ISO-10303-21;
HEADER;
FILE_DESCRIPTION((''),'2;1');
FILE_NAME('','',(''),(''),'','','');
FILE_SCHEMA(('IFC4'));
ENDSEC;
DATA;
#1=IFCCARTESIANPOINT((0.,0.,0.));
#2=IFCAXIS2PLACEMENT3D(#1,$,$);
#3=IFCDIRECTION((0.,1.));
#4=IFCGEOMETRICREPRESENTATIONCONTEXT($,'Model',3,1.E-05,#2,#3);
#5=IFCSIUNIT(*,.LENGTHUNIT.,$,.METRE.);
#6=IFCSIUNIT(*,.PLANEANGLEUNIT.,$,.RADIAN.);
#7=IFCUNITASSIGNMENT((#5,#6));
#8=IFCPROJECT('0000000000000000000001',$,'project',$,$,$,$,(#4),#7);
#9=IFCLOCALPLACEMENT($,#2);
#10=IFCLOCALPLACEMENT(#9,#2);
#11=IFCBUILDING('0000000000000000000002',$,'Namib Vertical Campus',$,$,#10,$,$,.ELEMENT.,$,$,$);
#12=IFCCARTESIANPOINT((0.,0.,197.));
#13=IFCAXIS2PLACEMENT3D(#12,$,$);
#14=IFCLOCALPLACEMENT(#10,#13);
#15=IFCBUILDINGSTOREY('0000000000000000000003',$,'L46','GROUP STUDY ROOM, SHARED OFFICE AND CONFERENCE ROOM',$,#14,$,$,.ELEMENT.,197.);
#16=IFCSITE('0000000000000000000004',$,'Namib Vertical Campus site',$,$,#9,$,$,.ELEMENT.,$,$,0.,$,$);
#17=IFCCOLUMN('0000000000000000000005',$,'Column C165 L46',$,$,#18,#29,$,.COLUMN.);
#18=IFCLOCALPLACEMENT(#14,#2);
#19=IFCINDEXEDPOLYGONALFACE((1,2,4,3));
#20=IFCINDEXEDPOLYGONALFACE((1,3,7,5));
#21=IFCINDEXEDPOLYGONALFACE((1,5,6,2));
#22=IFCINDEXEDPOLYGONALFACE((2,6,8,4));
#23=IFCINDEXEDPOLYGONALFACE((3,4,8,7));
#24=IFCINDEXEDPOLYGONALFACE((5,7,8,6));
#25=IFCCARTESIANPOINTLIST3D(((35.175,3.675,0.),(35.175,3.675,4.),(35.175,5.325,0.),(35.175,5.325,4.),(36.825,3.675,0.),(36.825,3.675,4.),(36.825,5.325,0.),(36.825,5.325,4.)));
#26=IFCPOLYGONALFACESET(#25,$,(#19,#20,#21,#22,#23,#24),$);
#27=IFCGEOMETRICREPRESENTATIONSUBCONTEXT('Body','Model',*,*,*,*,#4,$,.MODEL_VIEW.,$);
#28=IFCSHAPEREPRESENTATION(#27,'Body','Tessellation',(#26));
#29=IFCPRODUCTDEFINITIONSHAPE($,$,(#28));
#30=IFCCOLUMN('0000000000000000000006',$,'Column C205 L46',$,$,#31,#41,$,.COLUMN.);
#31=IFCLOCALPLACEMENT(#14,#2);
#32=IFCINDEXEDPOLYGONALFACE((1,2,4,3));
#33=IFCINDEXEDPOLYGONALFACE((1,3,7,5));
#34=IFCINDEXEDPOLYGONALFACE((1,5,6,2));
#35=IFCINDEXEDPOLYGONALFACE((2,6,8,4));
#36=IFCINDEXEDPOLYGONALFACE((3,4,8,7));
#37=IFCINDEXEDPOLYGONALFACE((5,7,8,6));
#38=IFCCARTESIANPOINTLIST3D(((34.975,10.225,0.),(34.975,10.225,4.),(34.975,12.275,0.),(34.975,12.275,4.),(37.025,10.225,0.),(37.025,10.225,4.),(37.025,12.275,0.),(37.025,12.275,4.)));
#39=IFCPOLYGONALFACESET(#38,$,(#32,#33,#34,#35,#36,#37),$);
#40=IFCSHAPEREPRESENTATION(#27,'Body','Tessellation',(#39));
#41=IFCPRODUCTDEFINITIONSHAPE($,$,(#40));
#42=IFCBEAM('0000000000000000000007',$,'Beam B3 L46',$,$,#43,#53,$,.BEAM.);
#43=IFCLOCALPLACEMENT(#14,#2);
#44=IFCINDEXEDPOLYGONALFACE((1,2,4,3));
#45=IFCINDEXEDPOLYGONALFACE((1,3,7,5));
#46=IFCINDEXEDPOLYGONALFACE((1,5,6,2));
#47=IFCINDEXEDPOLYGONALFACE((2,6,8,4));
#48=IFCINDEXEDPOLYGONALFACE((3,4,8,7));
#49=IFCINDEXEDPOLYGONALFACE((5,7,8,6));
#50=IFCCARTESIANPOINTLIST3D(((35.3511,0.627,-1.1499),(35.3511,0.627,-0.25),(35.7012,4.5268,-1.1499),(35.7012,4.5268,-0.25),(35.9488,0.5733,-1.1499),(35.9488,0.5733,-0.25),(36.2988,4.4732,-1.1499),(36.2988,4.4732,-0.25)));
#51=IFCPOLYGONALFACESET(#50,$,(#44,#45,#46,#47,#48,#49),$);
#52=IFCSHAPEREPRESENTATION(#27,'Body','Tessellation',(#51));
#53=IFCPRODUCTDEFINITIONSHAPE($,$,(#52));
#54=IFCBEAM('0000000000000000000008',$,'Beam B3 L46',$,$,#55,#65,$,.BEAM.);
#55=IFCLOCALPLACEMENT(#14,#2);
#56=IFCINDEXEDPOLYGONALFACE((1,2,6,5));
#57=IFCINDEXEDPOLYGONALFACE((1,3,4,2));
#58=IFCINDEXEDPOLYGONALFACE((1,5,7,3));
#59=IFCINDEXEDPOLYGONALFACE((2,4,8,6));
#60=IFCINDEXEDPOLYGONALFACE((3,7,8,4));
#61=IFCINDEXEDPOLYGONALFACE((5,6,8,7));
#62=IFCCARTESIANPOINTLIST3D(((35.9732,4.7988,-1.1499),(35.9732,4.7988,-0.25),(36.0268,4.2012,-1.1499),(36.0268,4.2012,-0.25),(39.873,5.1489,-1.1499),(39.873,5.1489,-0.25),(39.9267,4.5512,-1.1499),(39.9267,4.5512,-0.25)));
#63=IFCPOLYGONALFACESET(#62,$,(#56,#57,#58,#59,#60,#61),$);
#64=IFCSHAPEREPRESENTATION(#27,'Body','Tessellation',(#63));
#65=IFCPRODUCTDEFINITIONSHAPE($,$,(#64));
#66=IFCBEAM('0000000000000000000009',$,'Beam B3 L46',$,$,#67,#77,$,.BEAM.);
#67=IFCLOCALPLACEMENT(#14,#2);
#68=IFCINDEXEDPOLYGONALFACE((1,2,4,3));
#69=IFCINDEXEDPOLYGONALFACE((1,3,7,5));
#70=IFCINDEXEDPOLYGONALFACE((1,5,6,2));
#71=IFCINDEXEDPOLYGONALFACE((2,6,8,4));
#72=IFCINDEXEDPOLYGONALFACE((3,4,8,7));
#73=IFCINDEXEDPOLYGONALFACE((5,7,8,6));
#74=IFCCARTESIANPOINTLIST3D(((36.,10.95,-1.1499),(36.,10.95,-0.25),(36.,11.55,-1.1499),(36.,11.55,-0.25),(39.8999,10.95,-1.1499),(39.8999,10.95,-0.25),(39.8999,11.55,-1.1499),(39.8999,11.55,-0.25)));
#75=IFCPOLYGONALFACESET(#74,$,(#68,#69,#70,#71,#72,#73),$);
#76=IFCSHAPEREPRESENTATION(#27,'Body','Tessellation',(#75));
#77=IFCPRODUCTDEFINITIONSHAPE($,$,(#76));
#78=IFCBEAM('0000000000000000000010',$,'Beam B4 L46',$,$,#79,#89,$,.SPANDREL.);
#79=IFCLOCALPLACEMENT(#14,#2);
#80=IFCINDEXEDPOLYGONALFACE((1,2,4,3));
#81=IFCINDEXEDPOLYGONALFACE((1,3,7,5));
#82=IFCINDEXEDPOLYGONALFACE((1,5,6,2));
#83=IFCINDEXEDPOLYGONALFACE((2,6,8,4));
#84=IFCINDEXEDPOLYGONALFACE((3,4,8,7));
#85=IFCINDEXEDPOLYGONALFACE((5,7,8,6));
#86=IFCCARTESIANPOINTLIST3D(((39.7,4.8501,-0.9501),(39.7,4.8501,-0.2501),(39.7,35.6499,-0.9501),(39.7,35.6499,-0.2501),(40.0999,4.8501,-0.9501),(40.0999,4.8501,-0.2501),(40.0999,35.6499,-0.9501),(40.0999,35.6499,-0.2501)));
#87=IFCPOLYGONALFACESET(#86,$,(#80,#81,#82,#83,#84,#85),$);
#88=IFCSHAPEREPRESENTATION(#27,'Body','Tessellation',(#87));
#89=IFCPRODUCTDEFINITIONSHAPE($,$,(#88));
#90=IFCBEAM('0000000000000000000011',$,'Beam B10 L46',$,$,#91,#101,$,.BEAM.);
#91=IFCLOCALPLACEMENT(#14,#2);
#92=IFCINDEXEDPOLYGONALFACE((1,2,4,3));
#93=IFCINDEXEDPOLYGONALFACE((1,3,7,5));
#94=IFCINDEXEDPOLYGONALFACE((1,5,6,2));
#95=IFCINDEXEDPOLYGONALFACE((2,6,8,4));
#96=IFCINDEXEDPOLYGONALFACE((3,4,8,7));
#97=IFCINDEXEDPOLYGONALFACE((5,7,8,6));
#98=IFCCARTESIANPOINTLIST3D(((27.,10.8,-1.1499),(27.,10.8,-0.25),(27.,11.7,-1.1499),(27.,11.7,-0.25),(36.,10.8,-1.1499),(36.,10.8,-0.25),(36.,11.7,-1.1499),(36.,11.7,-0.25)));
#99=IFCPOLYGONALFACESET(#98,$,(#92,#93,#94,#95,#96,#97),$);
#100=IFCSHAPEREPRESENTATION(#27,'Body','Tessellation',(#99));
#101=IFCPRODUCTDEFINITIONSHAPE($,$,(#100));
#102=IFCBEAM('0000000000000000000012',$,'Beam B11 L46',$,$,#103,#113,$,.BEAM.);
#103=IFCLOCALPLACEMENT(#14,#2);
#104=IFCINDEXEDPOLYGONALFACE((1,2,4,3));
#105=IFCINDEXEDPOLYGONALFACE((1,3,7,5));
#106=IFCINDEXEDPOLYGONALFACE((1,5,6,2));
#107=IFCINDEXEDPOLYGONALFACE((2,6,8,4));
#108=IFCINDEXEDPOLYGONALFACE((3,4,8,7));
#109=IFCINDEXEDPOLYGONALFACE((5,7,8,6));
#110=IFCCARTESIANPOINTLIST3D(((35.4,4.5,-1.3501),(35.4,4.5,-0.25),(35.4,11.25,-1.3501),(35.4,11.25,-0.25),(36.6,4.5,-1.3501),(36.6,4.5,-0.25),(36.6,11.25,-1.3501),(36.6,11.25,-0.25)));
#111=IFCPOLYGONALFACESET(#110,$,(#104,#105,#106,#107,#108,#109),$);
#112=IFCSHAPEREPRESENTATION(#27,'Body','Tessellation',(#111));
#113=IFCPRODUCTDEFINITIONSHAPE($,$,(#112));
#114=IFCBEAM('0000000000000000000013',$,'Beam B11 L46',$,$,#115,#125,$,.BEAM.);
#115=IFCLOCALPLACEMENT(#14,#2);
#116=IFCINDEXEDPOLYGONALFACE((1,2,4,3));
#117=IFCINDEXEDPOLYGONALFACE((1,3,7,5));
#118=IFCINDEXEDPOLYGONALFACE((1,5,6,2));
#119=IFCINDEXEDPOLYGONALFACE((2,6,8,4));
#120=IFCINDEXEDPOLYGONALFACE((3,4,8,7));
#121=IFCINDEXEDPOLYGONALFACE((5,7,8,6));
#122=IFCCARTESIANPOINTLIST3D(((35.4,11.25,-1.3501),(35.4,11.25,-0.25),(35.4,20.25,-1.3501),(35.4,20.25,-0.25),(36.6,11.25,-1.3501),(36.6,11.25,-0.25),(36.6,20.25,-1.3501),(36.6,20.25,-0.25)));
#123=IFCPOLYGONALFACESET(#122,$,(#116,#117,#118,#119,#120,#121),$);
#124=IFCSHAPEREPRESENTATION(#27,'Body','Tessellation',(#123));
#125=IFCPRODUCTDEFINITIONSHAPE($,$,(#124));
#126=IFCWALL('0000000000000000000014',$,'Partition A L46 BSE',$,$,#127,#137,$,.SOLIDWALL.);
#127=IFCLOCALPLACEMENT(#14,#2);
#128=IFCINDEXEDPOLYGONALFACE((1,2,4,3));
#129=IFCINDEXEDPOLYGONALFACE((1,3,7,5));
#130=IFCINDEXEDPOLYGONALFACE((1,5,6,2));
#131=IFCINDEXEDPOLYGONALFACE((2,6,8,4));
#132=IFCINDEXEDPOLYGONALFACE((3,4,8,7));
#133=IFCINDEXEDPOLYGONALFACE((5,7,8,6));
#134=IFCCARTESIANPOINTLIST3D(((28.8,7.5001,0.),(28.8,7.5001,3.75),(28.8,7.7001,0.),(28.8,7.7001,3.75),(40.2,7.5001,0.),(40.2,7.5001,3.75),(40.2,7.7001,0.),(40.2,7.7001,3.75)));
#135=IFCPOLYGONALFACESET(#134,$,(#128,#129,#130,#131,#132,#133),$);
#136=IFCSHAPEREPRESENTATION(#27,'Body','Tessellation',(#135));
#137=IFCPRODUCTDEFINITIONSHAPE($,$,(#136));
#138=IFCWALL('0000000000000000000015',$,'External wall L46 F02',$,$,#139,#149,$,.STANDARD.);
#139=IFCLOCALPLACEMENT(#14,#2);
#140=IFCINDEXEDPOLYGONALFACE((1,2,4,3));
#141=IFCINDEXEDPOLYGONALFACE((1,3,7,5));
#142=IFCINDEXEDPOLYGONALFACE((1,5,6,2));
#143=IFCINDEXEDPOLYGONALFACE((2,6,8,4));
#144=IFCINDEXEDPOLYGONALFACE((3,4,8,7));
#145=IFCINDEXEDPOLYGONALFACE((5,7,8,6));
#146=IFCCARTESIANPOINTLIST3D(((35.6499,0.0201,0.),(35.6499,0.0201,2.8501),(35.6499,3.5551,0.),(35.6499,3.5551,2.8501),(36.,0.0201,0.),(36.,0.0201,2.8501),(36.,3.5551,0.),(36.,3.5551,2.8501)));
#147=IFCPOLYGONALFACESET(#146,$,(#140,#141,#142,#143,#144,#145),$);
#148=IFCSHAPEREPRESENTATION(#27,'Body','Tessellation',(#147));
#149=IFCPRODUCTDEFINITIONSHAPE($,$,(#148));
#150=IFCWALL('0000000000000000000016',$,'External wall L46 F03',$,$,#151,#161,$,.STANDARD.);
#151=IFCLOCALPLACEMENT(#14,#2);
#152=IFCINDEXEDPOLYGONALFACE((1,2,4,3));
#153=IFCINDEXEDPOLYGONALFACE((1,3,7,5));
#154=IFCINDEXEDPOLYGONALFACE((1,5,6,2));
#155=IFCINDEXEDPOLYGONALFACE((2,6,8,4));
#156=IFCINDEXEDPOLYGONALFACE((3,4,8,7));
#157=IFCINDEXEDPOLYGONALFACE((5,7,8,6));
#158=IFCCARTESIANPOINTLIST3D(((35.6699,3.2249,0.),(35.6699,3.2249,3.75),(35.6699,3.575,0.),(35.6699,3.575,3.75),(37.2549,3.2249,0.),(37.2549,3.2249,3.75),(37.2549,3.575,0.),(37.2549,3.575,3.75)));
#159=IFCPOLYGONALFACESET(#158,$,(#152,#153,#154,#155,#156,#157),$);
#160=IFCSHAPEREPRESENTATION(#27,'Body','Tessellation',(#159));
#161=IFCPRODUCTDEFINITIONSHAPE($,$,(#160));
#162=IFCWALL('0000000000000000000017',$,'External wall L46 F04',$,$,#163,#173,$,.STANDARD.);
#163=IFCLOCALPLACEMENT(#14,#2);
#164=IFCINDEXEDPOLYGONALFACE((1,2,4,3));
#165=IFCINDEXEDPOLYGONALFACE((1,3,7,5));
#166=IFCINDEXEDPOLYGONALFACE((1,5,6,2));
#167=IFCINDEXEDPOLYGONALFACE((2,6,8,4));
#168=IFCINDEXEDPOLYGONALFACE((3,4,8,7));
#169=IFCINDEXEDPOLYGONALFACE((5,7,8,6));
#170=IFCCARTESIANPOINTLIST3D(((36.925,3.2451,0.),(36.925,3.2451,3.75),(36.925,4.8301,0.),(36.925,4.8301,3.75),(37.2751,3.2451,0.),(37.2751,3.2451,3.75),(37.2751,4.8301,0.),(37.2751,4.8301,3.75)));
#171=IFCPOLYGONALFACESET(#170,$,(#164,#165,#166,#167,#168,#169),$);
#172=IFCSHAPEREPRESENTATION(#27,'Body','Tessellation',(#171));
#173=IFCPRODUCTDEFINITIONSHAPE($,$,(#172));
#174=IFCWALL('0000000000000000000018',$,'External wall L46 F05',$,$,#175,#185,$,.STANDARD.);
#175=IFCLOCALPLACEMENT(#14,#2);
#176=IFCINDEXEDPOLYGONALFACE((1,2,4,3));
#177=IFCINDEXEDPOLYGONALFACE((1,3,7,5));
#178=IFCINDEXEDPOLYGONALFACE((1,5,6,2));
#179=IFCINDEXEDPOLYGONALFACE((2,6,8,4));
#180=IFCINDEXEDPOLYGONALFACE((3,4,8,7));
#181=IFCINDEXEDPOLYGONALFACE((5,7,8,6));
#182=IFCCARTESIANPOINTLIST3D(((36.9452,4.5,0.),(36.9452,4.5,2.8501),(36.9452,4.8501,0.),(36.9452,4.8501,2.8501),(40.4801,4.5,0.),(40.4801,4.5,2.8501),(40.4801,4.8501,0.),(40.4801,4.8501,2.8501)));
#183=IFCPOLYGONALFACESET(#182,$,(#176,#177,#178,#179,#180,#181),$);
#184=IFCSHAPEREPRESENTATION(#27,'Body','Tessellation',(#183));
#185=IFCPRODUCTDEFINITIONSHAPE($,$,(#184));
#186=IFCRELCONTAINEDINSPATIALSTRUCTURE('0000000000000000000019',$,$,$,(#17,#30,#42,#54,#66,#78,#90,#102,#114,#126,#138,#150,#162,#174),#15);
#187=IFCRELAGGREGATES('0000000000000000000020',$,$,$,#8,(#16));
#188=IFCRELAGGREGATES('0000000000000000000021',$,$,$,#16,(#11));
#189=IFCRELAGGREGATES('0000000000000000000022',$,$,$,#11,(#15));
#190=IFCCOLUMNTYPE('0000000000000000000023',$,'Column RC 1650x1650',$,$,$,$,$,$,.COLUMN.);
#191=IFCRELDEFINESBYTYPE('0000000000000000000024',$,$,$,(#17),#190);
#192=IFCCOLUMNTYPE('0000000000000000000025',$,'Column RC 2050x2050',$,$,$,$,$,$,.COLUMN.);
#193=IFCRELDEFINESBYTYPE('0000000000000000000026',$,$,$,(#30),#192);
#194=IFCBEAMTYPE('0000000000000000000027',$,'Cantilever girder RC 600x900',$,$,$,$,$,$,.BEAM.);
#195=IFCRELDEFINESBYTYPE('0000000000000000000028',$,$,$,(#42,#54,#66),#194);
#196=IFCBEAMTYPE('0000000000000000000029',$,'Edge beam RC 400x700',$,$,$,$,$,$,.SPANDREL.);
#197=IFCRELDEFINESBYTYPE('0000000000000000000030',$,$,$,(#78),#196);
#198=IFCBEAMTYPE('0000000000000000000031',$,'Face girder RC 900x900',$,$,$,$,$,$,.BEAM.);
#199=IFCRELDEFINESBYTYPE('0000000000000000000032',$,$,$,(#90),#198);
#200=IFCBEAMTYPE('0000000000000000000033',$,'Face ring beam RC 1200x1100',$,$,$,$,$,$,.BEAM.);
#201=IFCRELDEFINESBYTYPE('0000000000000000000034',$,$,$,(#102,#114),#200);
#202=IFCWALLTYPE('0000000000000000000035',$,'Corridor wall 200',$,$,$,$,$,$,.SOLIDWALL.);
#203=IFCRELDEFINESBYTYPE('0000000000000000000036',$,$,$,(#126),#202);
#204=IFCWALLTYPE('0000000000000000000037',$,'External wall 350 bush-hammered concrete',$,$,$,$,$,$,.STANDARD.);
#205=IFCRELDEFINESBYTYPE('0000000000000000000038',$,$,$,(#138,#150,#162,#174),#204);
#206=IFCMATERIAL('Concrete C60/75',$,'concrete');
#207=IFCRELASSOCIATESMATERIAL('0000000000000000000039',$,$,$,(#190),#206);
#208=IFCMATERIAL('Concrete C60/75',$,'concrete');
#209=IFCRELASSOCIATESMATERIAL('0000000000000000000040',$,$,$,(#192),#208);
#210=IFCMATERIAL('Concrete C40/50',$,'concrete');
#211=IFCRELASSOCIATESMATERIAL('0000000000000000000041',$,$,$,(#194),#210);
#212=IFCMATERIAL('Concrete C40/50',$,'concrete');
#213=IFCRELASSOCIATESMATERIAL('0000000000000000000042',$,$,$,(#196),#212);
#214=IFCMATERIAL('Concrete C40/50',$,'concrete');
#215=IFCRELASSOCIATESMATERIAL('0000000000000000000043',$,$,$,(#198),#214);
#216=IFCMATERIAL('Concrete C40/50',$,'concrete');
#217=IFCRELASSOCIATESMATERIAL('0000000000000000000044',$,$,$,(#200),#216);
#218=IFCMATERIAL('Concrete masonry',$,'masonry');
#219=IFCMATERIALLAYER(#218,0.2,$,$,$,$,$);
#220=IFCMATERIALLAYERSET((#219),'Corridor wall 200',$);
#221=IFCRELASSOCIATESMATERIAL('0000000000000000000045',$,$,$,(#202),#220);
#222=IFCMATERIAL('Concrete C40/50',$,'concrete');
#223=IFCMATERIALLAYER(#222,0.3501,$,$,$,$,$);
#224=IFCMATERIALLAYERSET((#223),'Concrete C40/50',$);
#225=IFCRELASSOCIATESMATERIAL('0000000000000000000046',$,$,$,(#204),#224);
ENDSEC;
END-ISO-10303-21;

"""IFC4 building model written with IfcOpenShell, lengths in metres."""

from ifc_helpers import new_model, si_unit, direction, frame, frame_2d, origin, origin_2d, place, context, subcontext, project, spatial, rectangle, extrude, material, layer, layer_set, material_profile, profile_set, type_object, element, save


model = new_model("IFC4")

# Units and contexts
model_context = context("Model", 3, precision=1e-05, world=origin(), true_north=direction((0.0, 1.0)))
body_context = subcontext(model_context, "Body", "Model", "MODEL_VIEW")
ifc_project = project(units=[si_unit("LENGTHUNIT", "METRE"), si_unit("PLANEANGLEUNIT", "RADIAN")], contexts=[model_context])

# Site, building, storey
site_placement = place(None, origin())
site = spatial("IfcSite", under=ifc_project, at=site_placement, Name="Namib Vertical Campus site", CompositionType="ELEMENT", RefElevation=0.0)
building_placement = place(site_placement, origin())
building = spatial("IfcBuilding", under=site, at=building_placement, Name="Namib Vertical Campus", CompositionType="ELEMENT")
storey_placement = place(building_placement, frame((0.0, 0.0, 197.0)))
storey = spatial("IfcBuildingStorey", under=building, at=storey_placement, Name="L46", Description="GROUP STUDY ROOM, SHARED OFFICE AND CONFERENCE ROOM", CompositionType="ELEMENT", Elevation=197.0)

# Columns
ifc_material_1 = material(Name="Concrete C60/75", Category="concrete")
ifc_material_profile_1 = material_profile(ifc_material_1, rectangle(XDim=1.6499, YDim=1.6499, at=origin_2d()))
ifc_profile_set_1 = profile_set([ifc_material_profile_1], Name="Concrete C60/75")
column_type_1 = type_object("IfcColumnType", Name="Column RC 1650x1650", PredefinedType="COLUMN", material=ifc_profile_set_1)
column_1_placement = place(storey_placement, frame((36.0, 4.5, 0.0), z_axis=(0.0, 0.0, 1.0), x_axis=(1.0, 0.0, 0.0)))
element("IfcColumn", 1, at=column_1_placement, inside=storey, type_object=column_type_1, Name="Column C165 L46", PredefinedType="COLUMN", context=body_context, shape_type="SweptSolid", body=[
    extrude(rectangle(XDim=1.6499, YDim=1.6499, at=origin_2d()), origin(), (0.0, 0.0, 1.0), 4.0),
])
ifc_material_2 = material(Name="Concrete C60/75", Category="concrete")
ifc_material_profile_2 = material_profile(ifc_material_2, rectangle(XDim=2.05, YDim=2.05, at=origin_2d()))
ifc_profile_set_2 = profile_set([ifc_material_profile_2], Name="Concrete C60/75")
column_type_2 = type_object("IfcColumnType", Name="Column RC 2050x2050", PredefinedType="COLUMN", material=ifc_profile_set_2)
column_2_placement = place(storey_placement, frame((36.0, 11.25, 0.0), z_axis=(0.0, 0.0, 1.0), x_axis=(1.0, 0.0, 0.0)))
element("IfcColumn", 2, at=column_2_placement, inside=storey, type_object=column_type_2, Name="Column C205 L46", PredefinedType="COLUMN", context=body_context, shape_type="SweptSolid", body=[
    extrude(rectangle(XDim=2.05, YDim=2.05, at=origin_2d()), origin(), (0.0, 0.0, 1.0), 4.0),
])

# Beams
ifc_material_3 = material(Name="Concrete C40/50", Category="concrete")
ifc_material_profile_3 = material_profile(ifc_material_3, rectangle(XDim=0.6001, YDim=0.8999, at=origin_2d()))
ifc_profile_set_3 = profile_set([ifc_material_profile_3], Name="Concrete C40/50")
beam_type_1 = type_object("IfcBeamType", Name="Cantilever girder RC 600x900", PredefinedType="BEAM", material=ifc_profile_set_3)
for number, where, z_axis, x_axis, name in (
    (3, (36.0, 4.5, -0.7), (-0.089411, -0.995995, 0.0), (0.995995, -0.089411, 0.0), "Beam B3 L46"),
    (4, (36.0, 4.5, -0.7), (0.995995, 0.089411, 0.0), (-0.089411, 0.995995, 0.0), "Beam B3 L46"),
):
    element("IfcBeam", number, at=place(storey_placement, frame(where, z_axis=z_axis, x_axis=x_axis)), inside=storey, type_object=beam_type_1, Name=name, PredefinedType="BEAM", context=body_context, shape_type="SweptSolid", body=[
        extrude(rectangle(XDim=0.6001, YDim=0.8999, at=origin_2d()), origin(), (0.0, 0.0, 1.0), 3.9155),
    ])
beam_1_placement = place(storey_placement, frame((36.0, 11.25, -0.7), z_axis=(1.0, 0.0, 0.0), x_axis=(0.0, 1.0, 0.0)))
element("IfcBeam", 5, at=beam_1_placement, inside=storey, type_object=beam_type_1, Name="Beam B3 L46", PredefinedType="BEAM", context=body_context, shape_type="SweptSolid", body=[
    extrude(rectangle(XDim=0.6001, YDim=0.8999, at=origin_2d()), origin(), (0.0, 0.0, 1.0), 3.8999),
])
ifc_material_4 = material(Name="Concrete C40/50", Category="concrete")
ifc_material_profile_4 = material_profile(ifc_material_4, rectangle(XDim=0.3999, YDim=0.7, at=origin_2d()))
ifc_profile_set_4 = profile_set([ifc_material_profile_4], Name="Concrete C40/50")
beam_type_2 = type_object("IfcBeamType", Name="Edge beam RC 400x700", PredefinedType="SPANDREL", material=ifc_profile_set_4)
beam_2_placement = place(storey_placement, frame((39.8999, 4.8501, -0.6001), z_axis=(0.0, 1.0, 0.0), x_axis=(-1.0, 0.0, 0.0)))
element("IfcBeam", 6, at=beam_2_placement, inside=storey, type_object=beam_type_2, Name="Beam B4 L46", PredefinedType="SPANDREL", context=body_context, shape_type="SweptSolid", body=[
    extrude(rectangle(XDim=0.3999, YDim=0.7, at=origin_2d()), origin(), (0.0, 0.0, 1.0), 30.7998),
])
ifc_material_5 = material(Name="Concrete C40/50", Category="concrete")
ifc_material_profile_5 = material_profile(ifc_material_5, rectangle(XDim=0.8999, YDim=0.8999, at=origin_2d()))
ifc_profile_set_5 = profile_set([ifc_material_profile_5], Name="Concrete C40/50")
beam_type_3 = type_object("IfcBeamType", Name="Face girder RC 900x900", PredefinedType="BEAM", material=ifc_profile_set_5)
beam_3_placement = place(storey_placement, frame((36.0, 11.25, -0.7), z_axis=(-1.0, 0.0, 0.0), x_axis=(0.0, -1.0, 0.0)))
element("IfcBeam", 7, at=beam_3_placement, inside=storey, type_object=beam_type_3, Name="Beam B10 L46", PredefinedType="BEAM", context=body_context, shape_type="SweptSolid", body=[
    extrude(rectangle(XDim=0.8999, YDim=0.8999, at=origin_2d()), origin(), (0.0, 0.0, 1.0), 9.0),
])
ifc_material_6 = material(Name="Concrete C40/50", Category="concrete")
ifc_material_profile_6 = material_profile(ifc_material_6, rectangle(XDim=1.2, YDim=1.1001, at=origin_2d()))
ifc_profile_set_6 = profile_set([ifc_material_profile_6], Name="Concrete C40/50")
beam_type_4 = type_object("IfcBeamType", Name="Face ring beam RC 1200x1100", PredefinedType="BEAM", material=ifc_profile_set_6)
beam_4_placement = place(storey_placement, frame((36.0, 4.5, -0.8), z_axis=(0.0, 1.0, 0.0), x_axis=(-1.0, 0.0, 0.0)))
element("IfcBeam", 8, at=beam_4_placement, inside=storey, type_object=beam_type_4, Name="Beam B11 L46", PredefinedType="BEAM", context=body_context, shape_type="SweptSolid", body=[
    extrude(rectangle(XDim=1.2, YDim=1.1001, at=origin_2d()), origin(), (0.0, 0.0, 1.0), 6.75),
])
beam_5_placement = place(storey_placement, frame((36.0, 11.25, -0.8), z_axis=(0.0, 1.0, 0.0), x_axis=(-1.0, 0.0, 0.0)))
element("IfcBeam", 9, at=beam_5_placement, inside=storey, type_object=beam_type_4, Name="Beam B11 L46", PredefinedType="BEAM", context=body_context, shape_type="SweptSolid", body=[
    extrude(rectangle(XDim=1.2, YDim=1.1001, at=origin_2d()), origin(), (0.0, 0.0, 1.0), 9.0),
])

# Walls
ifc_material_7 = material(Name="Concrete masonry", Category="masonry")
ifc_layer_1 = layer(ifc_material_7, 0.2)
ifc_layer_set_1 = layer_set([ifc_layer_1], Name="Corridor wall 200")
wall_type_1 = type_object("IfcWallType", Name="Corridor wall 200", PredefinedType="SOLIDWALL", material=ifc_layer_set_1)
wall_1_placement = place(storey_placement, frame((28.8, 7.6001, 0.0), z_axis=(0.0, 0.0, 1.0), x_axis=(1.0, 0.0, 0.0)))
element("IfcWall", 10, at=wall_1_placement, inside=storey, type_object=wall_type_1, Name="Partition A L46 BSE", PredefinedType="SOLIDWALL", context=body_context, shape_type="SweptSolid", body=[
    extrude(rectangle(XDim=11.3999, YDim=0.2, at=frame_2d((5.7, 0.0))), origin(), (0.0, 0.0, 1.0), 3.75),
])
ifc_material_8 = material(Name="Concrete C40/50", Category="concrete")
ifc_layer_2 = layer(ifc_material_8, 0.3501)
ifc_layer_set_2 = layer_set([ifc_layer_2], Name="Concrete C40/50")
wall_type_2 = type_object("IfcWallType", Name="External wall 350 bush-hammered concrete", PredefinedType="STANDARD", material=ifc_layer_set_2)
wall_2_placement = place(storey_placement, frame((35.825, 0.02, 0.0), z_axis=(0.0, 0.0, 1.0), x_axis=(0.0, 1.0, 0.0)))
element("IfcWall", 11, at=wall_2_placement, inside=storey, type_object=wall_type_2, Name="External wall L46 F02", PredefinedType="STANDARD", context=body_context, shape_type="SweptSolid", body=[
    extrude(rectangle(XDim=3.5349, YDim=0.3501, at=frame_2d((1.7676, 0.0))), origin(), (0.0, 0.0, 1.0), 2.8501),
])
for number, where, z_axis, x_axis, name in (
    (12, (35.6699, 3.3999, 0.0), (0.0, 0.0, 1.0), (1.0, 0.0, 0.0), "External wall L46 F03"),
    (13, (37.1001, 3.2451, 0.0), (0.0, 0.0, 1.0), (0.0, 1.0, 0.0), "External wall L46 F04"),
):
    element("IfcWall", number, at=place(storey_placement, frame(where, z_axis=z_axis, x_axis=x_axis)), inside=storey, type_object=wall_type_2, Name=name, PredefinedType="STANDARD", context=body_context, shape_type="SweptSolid", body=[
        extrude(rectangle(XDim=1.585, YDim=0.3501, at=frame_2d((0.7925, 0.0))), origin(), (0.0, 0.0, 1.0), 3.75),
    ])
wall_3_placement = place(storey_placement, frame((36.9451, 4.675, 0.0), z_axis=(0.0, 0.0, 1.0), x_axis=(1.0, 0.0, 0.0)))
element("IfcWall", 14, at=wall_3_placement, inside=storey, type_object=wall_type_2, Name="External wall L46 F05", PredefinedType="STANDARD", context=body_context, shape_type="SweptSolid", body=[
    extrude(rectangle(XDim=3.5349, YDim=0.3501, at=frame_2d((1.7676, 0.0))), origin(), (0.0, 0.0, 1.0), 2.8501),
])

save(model, "model.ifc")
